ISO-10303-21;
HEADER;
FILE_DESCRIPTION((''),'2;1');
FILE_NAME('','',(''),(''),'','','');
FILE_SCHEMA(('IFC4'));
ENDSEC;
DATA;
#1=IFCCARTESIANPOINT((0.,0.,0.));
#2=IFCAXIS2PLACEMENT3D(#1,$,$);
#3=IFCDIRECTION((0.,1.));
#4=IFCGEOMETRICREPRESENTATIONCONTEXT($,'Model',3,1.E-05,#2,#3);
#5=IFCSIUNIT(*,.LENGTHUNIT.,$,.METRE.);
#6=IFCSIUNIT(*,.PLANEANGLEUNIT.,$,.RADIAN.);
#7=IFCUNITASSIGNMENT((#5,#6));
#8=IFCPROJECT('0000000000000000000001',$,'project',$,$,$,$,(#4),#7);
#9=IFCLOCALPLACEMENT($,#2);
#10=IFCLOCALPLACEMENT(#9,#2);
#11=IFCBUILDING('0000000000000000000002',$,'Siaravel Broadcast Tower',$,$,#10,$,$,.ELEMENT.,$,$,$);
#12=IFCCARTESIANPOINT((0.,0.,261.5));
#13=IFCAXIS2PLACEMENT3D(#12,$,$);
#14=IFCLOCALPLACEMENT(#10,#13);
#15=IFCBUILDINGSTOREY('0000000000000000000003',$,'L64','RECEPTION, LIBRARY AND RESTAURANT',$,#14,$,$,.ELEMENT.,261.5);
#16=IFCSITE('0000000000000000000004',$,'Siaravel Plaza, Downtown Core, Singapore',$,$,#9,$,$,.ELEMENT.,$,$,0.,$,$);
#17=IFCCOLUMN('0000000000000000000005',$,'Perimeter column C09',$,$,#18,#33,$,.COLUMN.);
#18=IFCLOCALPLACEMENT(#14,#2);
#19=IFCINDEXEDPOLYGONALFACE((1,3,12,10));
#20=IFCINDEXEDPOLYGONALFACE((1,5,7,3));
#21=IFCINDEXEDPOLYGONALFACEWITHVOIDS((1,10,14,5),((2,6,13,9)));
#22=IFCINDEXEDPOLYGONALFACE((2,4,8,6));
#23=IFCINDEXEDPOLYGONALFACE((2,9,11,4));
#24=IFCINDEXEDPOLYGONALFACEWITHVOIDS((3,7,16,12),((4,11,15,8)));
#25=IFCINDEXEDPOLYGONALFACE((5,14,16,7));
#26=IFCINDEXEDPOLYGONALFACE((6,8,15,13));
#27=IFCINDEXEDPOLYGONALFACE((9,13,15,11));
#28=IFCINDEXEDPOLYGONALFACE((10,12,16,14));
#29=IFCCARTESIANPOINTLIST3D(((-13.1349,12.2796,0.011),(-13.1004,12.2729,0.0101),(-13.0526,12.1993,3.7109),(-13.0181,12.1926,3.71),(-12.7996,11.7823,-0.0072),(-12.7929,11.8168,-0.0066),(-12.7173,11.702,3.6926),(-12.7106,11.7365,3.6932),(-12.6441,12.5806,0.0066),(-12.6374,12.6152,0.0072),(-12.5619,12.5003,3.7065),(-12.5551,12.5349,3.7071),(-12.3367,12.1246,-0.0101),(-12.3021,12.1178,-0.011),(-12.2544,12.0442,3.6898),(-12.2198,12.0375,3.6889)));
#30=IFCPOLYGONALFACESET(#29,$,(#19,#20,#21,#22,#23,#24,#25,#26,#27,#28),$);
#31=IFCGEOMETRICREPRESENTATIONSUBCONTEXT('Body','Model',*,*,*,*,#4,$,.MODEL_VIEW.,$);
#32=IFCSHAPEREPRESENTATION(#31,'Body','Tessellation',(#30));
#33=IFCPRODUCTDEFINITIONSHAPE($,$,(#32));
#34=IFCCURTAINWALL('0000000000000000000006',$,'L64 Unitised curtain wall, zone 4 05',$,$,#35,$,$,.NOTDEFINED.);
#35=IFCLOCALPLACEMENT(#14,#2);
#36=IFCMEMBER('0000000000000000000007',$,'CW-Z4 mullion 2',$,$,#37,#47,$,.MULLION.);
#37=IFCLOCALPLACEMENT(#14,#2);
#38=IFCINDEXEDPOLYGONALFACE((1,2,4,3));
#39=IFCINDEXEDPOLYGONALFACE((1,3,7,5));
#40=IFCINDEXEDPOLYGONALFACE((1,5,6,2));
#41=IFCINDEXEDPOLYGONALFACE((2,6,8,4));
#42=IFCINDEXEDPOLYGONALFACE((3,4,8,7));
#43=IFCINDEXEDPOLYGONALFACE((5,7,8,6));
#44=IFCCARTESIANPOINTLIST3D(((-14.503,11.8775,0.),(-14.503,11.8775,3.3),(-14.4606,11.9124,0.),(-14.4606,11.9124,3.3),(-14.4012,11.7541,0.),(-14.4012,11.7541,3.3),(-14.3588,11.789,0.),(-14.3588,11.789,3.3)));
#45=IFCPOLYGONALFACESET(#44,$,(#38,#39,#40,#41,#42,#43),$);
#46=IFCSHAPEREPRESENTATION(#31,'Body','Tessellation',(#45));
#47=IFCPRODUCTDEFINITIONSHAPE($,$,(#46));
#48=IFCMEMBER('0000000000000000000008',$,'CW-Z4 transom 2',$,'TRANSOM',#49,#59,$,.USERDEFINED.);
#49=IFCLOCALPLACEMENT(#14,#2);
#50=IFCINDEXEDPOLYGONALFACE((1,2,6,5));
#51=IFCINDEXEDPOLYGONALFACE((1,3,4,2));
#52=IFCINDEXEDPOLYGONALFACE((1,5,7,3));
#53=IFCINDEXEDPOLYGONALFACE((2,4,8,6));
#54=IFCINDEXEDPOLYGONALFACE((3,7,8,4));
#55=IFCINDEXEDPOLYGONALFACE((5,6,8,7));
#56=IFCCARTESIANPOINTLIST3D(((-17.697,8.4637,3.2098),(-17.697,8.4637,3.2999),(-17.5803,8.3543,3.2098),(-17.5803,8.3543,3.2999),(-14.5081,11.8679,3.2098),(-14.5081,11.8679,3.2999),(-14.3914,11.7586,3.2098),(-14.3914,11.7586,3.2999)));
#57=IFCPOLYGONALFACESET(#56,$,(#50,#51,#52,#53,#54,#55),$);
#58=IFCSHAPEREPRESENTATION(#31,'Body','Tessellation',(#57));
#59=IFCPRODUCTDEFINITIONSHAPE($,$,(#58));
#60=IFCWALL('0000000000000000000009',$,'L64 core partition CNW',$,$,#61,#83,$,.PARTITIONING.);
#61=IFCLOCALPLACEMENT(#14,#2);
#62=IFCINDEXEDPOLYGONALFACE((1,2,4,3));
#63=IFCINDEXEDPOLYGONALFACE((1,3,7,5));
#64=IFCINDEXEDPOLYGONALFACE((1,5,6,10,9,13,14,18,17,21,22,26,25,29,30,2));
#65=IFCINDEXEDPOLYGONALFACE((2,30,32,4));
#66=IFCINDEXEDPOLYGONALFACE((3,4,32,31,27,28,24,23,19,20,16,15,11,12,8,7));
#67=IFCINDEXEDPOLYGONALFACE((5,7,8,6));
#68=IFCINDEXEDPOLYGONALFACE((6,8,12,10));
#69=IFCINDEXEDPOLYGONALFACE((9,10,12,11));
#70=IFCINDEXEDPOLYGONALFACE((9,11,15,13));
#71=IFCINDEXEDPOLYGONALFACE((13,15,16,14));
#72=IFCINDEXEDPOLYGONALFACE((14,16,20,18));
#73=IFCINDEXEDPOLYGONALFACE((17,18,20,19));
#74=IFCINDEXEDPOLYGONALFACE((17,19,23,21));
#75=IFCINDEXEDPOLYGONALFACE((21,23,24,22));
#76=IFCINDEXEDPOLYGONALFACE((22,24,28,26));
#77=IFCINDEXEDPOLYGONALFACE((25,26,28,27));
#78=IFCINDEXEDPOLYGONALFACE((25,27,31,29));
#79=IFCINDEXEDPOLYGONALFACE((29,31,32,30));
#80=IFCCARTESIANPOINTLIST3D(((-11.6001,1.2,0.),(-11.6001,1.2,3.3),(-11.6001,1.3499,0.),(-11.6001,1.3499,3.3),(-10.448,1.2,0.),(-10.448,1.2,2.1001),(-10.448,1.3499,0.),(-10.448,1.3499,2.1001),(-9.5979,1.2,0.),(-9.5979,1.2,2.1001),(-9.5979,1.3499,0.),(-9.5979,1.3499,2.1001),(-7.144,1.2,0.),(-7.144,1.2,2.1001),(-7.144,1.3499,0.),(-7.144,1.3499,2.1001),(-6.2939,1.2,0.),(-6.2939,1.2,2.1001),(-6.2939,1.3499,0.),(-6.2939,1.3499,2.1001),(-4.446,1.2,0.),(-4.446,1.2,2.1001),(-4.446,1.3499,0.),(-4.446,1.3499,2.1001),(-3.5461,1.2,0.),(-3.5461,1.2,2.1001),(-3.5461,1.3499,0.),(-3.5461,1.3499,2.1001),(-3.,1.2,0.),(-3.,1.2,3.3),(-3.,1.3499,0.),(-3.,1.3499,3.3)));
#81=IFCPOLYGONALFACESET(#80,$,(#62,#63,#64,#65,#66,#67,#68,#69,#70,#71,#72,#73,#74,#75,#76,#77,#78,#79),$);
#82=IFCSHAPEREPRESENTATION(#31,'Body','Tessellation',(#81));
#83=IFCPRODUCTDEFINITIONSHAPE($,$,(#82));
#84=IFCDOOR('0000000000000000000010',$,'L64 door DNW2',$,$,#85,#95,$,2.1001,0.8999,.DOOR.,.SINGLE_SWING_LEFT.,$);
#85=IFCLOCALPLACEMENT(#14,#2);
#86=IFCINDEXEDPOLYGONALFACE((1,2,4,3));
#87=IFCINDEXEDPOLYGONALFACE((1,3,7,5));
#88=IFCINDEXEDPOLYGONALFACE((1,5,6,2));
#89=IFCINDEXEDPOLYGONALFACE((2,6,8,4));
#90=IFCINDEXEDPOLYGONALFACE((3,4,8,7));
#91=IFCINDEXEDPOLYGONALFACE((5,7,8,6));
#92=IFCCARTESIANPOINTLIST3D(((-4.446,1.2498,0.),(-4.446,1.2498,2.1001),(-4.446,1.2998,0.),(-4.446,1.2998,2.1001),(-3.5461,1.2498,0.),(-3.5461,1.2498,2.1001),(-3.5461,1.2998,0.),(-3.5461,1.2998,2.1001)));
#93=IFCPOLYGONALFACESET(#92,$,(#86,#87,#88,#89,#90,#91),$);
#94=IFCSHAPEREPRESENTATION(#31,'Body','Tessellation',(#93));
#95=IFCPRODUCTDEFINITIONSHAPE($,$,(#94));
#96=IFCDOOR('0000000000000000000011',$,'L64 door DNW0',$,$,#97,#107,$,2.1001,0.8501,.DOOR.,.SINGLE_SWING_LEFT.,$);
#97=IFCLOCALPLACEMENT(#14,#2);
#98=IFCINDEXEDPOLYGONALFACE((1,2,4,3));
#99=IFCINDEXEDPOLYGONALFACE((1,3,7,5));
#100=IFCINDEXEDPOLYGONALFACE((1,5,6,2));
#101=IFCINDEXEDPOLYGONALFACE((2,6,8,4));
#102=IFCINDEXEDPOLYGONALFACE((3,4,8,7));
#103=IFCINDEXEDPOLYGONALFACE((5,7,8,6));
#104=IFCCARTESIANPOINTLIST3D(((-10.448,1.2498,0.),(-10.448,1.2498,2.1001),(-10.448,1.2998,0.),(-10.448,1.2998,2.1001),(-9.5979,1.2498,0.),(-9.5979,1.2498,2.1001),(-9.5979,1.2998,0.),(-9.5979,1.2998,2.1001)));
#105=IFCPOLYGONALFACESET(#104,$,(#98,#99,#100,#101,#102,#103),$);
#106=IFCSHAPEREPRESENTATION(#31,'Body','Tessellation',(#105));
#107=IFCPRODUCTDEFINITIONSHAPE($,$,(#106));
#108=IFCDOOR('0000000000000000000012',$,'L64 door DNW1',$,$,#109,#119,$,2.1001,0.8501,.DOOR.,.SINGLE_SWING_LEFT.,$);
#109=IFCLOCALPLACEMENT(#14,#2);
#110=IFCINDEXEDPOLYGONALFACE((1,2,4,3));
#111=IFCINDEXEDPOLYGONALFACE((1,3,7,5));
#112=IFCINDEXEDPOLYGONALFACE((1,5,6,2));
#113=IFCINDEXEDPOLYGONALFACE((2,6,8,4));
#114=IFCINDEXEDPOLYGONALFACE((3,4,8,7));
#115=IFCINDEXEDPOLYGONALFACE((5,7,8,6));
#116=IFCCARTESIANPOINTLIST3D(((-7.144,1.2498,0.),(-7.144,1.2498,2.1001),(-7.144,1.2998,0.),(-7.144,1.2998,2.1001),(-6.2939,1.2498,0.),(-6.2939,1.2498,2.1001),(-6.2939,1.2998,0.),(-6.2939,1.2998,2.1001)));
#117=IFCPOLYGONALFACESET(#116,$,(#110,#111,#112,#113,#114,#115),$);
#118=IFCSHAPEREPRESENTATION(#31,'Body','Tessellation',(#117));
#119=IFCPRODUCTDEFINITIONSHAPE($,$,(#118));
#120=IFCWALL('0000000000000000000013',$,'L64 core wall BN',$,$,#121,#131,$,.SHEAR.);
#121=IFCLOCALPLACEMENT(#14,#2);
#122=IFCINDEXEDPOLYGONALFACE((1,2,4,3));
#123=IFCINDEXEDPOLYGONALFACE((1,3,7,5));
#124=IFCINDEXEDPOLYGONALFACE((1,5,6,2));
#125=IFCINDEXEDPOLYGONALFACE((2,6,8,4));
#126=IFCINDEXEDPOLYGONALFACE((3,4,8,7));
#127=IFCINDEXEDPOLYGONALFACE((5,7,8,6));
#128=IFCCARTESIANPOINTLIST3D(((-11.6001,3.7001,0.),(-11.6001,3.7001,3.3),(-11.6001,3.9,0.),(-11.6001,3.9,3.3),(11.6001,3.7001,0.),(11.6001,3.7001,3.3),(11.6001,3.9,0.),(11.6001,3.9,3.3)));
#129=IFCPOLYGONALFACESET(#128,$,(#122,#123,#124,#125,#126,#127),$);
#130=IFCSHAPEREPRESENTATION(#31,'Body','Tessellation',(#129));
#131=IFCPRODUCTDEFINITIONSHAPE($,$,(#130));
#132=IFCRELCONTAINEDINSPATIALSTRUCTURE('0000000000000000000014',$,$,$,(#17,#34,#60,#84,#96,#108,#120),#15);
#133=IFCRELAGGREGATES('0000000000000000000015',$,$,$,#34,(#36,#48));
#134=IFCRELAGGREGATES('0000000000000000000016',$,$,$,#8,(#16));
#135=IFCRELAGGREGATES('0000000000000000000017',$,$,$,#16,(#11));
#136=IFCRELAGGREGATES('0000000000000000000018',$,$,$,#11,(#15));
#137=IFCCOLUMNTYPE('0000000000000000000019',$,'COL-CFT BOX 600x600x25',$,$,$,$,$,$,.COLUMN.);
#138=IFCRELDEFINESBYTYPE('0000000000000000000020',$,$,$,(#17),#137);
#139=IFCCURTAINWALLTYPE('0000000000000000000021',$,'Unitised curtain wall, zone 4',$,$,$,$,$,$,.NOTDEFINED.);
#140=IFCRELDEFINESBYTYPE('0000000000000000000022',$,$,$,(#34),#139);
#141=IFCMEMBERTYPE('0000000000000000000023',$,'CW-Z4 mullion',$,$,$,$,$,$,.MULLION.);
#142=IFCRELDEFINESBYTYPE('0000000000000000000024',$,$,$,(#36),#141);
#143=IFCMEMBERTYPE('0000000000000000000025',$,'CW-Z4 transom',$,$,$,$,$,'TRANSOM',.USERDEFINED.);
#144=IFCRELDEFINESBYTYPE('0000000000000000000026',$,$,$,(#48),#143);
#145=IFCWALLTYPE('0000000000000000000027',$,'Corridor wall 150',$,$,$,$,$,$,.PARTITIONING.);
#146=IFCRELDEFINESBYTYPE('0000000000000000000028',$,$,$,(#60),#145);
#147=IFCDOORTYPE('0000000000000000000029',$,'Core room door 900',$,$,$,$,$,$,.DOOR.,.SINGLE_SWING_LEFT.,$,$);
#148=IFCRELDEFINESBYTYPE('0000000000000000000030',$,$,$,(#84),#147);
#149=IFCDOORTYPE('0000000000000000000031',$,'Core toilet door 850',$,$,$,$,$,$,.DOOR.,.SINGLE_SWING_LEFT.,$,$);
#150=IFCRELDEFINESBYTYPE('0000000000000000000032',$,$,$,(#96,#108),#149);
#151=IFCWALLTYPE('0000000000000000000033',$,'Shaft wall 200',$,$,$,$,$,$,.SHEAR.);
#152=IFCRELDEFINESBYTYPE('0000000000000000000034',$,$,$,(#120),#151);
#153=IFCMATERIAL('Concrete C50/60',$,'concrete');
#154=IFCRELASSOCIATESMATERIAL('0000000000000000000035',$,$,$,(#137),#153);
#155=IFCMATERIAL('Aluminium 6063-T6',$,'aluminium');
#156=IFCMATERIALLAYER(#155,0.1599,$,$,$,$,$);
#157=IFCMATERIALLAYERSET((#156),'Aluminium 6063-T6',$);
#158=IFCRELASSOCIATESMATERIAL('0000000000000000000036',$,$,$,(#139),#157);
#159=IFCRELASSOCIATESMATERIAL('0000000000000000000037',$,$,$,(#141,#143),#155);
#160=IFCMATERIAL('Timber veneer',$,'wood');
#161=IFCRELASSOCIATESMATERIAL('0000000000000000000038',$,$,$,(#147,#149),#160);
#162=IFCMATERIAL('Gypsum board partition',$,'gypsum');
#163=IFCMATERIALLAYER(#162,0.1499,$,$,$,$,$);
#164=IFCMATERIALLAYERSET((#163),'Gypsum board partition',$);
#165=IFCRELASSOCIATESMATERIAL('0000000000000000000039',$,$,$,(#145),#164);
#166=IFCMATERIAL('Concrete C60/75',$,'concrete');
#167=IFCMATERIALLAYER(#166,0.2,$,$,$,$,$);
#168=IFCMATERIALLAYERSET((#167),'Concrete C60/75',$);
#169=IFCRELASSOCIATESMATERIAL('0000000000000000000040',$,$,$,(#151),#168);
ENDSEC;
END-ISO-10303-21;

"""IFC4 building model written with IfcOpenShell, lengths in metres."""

from ifc_helpers import new_model, si_unit, direction, frame, frame_2d, origin, origin_2d, place, context, subcontext, project, spatial, rectangle, hollow_rectangle, extrude, material, layer, layer_set, material_profile, profile_set, type_object, element, fill, aggregate, save


model = new_model("IFC4")

# Units and contexts
model_context = context("Model", 3, precision=1e-05, world=origin(), true_north=direction((0.0, 1.0)))
body_context = subcontext(model_context, "Body", "Model", "MODEL_VIEW")
ifc_project = project(units=[si_unit("LENGTHUNIT", "METRE"), si_unit("PLANEANGLEUNIT", "RADIAN")], contexts=[model_context])

# Site, building, storey
site_placement = place(None, origin())
site = spatial("IfcSite", under=ifc_project, at=site_placement, Name="Siaravel Plaza, Downtown Core, Singapore", CompositionType="ELEMENT", RefElevation=0.0)
building_placement = place(site_placement, origin())
building = spatial("IfcBuilding", under=site, at=building_placement, Name="Siaravel Broadcast Tower", CompositionType="ELEMENT")
storey_placement = place(building_placement, frame((0.0, 0.0, 261.5)))
storey = spatial("IfcBuildingStorey", under=building, at=storey_placement, Name="L64", Description="RECEPTION, LIBRARY AND RESTAURANT", CompositionType="ELEMENT", Elevation=261.5)

# Column
ifc_material_1 = material(Name="Concrete C50/60", Category="concrete")
ifc_material_profile_1 = material_profile(ifc_material_1, hollow_rectangle(XDim=0.6001, YDim=0.6001, WallThickness=0.0249, at=origin_2d()))
ifc_profile_set_1 = profile_set([ifc_material_profile_1], Name="Concrete C50/60")
column_type = type_object("IfcColumnType", Name="COL-CFT BOX 600x600x25", PredefinedType="COLUMN", material=ifc_profile_set_1)
column_placement = place(storey_placement, frame((-12.7185, 12.1987, 0.0), z_axis=(0.022226, -0.021699, 0.999517), x_axis=(0.829024, 0.559177, -0.006296)))
element("IfcColumn", 1, at=column_placement, inside=storey, type_object=column_type, Name="Perimeter column C09", PredefinedType="COLUMN", context=body_context, shape_type="SweptSolid", body=[
    extrude(hollow_rectangle(XDim=0.6001, YDim=0.6001, WallThickness=0.0249, at=origin_2d()), origin(), (0.0, 0.0, 1.0), 3.7017),
])

# Curtain wall, members
ifc_material_2 = material(Name="Aluminium 6063-T6", Category="aluminium")
ifc_layer_1 = layer(ifc_material_2, 0.1599)
ifc_layer_set_1 = layer_set([ifc_layer_1], Name="Aluminium 6063-T6")
curtain_wall_type = type_object("IfcCurtainWallType", Name="Unitised curtain wall, zone 4", PredefinedType="NOTDEFINED", material=ifc_layer_set_1)
curtain_wall_placement = place(storey_placement, origin())
curtain_wall = element("IfcCurtainWall", 2, at=curtain_wall_placement, inside=storey, type_object=curtain_wall_type, Name="L64 Unitised curtain wall, zone 4 05", PredefinedType="NOTDEFINED")
ifc_material_profile_2 = material_profile(ifc_material_2, rectangle(XDim=0.1599, YDim=0.0549, at=origin_2d()))
ifc_profile_set_2 = profile_set([ifc_material_profile_2], Name="Aluminium 6063-T6")
member_type_1 = type_object("IfcMemberType", Name="CW-Z4 mullion", PredefinedType="MULLION", material=ifc_profile_set_2)
member_1_placement = place(storey_placement, frame((-14.4309, 11.8333, 0.0), z_axis=(0.0, 0.0, 1.0), x_axis=(0.63622, -0.771508, 0.0)))
member_1 = element("IfcMember", 3, at=member_1_placement, type_object=member_type_1, Name="CW-Z4 mullion 2", PredefinedType="MULLION", context=body_context, shape_type="SweptSolid", body=[
    extrude(rectangle(XDim=0.1599, YDim=0.0549, at=origin_2d()), origin(), (0.0, 0.0, 1.0), 3.3),
])
ifc_material_profile_3 = material_profile(ifc_material_2, rectangle(XDim=0.1599, YDim=0.0901, at=origin_2d()))
ifc_profile_set_3 = profile_set([ifc_material_profile_3], Name="Aluminium 6063-T6")
member_type_2 = type_object("IfcMemberType", Name="CW-Z4 transom", ElementType="TRANSOM", PredefinedType="USERDEFINED", material=ifc_profile_set_3)
member_2_placement = place(storey_placement, frame((-14.4497, 11.8132, 3.2549), z_axis=(-0.683649, -0.729811, 0.0), x_axis=(0.729811, -0.683649, 0.0)))
member_2 = element("IfcMember", 4, at=member_2_placement, type_object=member_type_2, Name="CW-Z4 transom 2", ObjectType="TRANSOM", PredefinedType="USERDEFINED", context=body_context, shape_type="SweptSolid", body=[
    extrude(rectangle(XDim=0.1599, YDim=0.0901, at=origin_2d()), origin(), (0.0, 0.0, 1.0), 4.6646),
])
aggregate(curtain_wall, [member_1, member_2])

# Wall, openings, doors
ifc_material_3 = material(Name="Concrete C60/75", Category="concrete")
ifc_material_4 = material(Name="Timber veneer", Category="wood")
door_type_1 = type_object("IfcDoorType", Name="Core room door 900", OperationType="SINGLE_SWING_LEFT", PredefinedType="DOOR", material=ifc_material_4)
ifc_material_5 = material(Name="Gypsum board partition", Category="gypsum")
ifc_layer_2 = layer(ifc_material_5, 0.1499)
ifc_layer_set_2 = layer_set([ifc_layer_2], Name="Gypsum board partition")
wall_type_1 = type_object("IfcWallType", Name="Corridor wall 150", PredefinedType="PARTITIONING", material=ifc_layer_set_2)
wall_1_placement = place(storey_placement, frame((-11.6001, 1.2749, 0.0), z_axis=(0.0, 0.0, 1.0), x_axis=(1.0, 0.0, 0.0)))
wall_1 = element("IfcWall", 5, at=wall_1_placement, inside=storey, type_object=wall_type_1, Name="L64 core partition CNW", PredefinedType="PARTITIONING", context=body_context, shape_type="SweptSolid", body=[
    extrude(rectangle(XDim=8.6001, YDim=0.1499, at=frame_2d((4.3, 0.0))), origin(), (0.0, 0.0, 1.0), 3.3),
])
opening_1_placement = place(wall_1_placement, frame((1.1521, 0.0, 0.0)))
opening_1 = element("IfcOpeningElement", 6, at=opening_1_placement, cuts=wall_1, PredefinedType="OPENING", context=body_context, shape_type="SweptSolid", body=[
    extrude(rectangle(XDim=0.8501, YDim=2.1001, at=frame_2d((0.425, 1.05))), frame((0.0, 0.085, 0.0), z_axis=(0.0, -1.0, 0.0), x_axis=(1.0, 0.0, 0.0)), (0.0, 0.0, 1.0), 0.1699),
])
opening_2_placement = place(wall_1_placement, frame((4.4561, 0.0, 0.0)))
opening_2 = element("IfcOpeningElement", 7, at=opening_2_placement, cuts=wall_1, PredefinedType="OPENING", context=body_context, shape_type="SweptSolid", body=[
    extrude(rectangle(XDim=0.8501, YDim=2.1001, at=frame_2d((0.425, 1.05))), frame((0.0, 0.085, 0.0), z_axis=(0.0, -1.0, 0.0), x_axis=(1.0, 0.0, 0.0)), (0.0, 0.0, 1.0), 0.1699),
])
opening_3_placement = place(wall_1_placement, frame((7.1541, 0.0, 0.0)))
opening_3 = element("IfcOpeningElement", 8, at=opening_3_placement, cuts=wall_1, PredefinedType="OPENING", context=body_context, shape_type="SweptSolid", body=[
    extrude(rectangle(XDim=0.8999, YDim=2.1001, at=frame_2d((0.45, 1.05))), frame((0.0, 0.085, 0.0), z_axis=(0.0, -1.0, 0.0), x_axis=(1.0, 0.0, 0.0)), (0.0, 0.0, 1.0), 0.1699),
])
door_1_placement = place(opening_3_placement, origin())
door_1 = element("IfcDoor", 9, at=door_1_placement, inside=storey, type_object=door_type_1, Name="L64 door DNW2", OperationType="SINGLE_SWING_LEFT", OverallHeight=2.1001, OverallWidth=0.8999, PredefinedType="DOOR", context=body_context, shape_type="SweptSolid", body=[
    extrude(rectangle(XDim=0.8999, YDim=2.1001, at=frame_2d((0.45, 1.05))), frame((0.0, 0.0249, 0.0), z_axis=(0.0, -1.0, 0.0), x_axis=(1.0, 0.0, 0.0)), (0.0, 0.0, 1.0), 0.05),
])
fill(opening_3, door_1)
door_type_2 = type_object("IfcDoorType", Name="Core toilet door 850", OperationType="SINGLE_SWING_LEFT", PredefinedType="DOOR", material=ifc_material_4)
door_2_placement = place(opening_1_placement, origin())
door_2 = element("IfcDoor", 10, at=door_2_placement, inside=storey, type_object=door_type_2, Name="L64 door DNW0", OperationType="SINGLE_SWING_LEFT", OverallHeight=2.1001, OverallWidth=0.8501, PredefinedType="DOOR", context=body_context, shape_type="SweptSolid", body=[
    extrude(rectangle(XDim=0.8501, YDim=2.1001, at=frame_2d((0.425, 1.05))), frame((0.0, 0.0249, 0.0), z_axis=(0.0, -1.0, 0.0), x_axis=(1.0, 0.0, 0.0)), (0.0, 0.0, 1.0), 0.05),
])
fill(opening_1, door_2)
door_3_placement = place(opening_2_placement, origin())
door_3 = element("IfcDoor", 11, at=door_3_placement, inside=storey, type_object=door_type_2, Name="L64 door DNW1", OperationType="SINGLE_SWING_LEFT", OverallHeight=2.1001, OverallWidth=0.8501, PredefinedType="DOOR", context=body_context, shape_type="SweptSolid", body=[
    extrude(rectangle(XDim=0.8501, YDim=2.1001, at=frame_2d((0.425, 1.05))), frame((0.0, 0.0249, 0.0), z_axis=(0.0, -1.0, 0.0), x_axis=(1.0, 0.0, 0.0)), (0.0, 0.0, 1.0), 0.05),
])
fill(opening_2, door_3)

# Wall
ifc_layer_3 = layer(ifc_material_3, 0.2)
ifc_layer_set_3 = layer_set([ifc_layer_3], Name="Concrete C60/75")
wall_type_2 = type_object("IfcWallType", Name="Shaft wall 200", PredefinedType="SHEAR", material=ifc_layer_set_3)
wall_2_placement = place(storey_placement, frame((-11.6001, 3.8, 0.0), z_axis=(0.0, 0.0, 1.0), x_axis=(1.0, 0.0, 0.0)))
element("IfcWall", 12, at=wall_2_placement, inside=storey, type_object=wall_type_2, Name="L64 core wall BN", PredefinedType="SHEAR", context=body_context, shape_type="SweptSolid", body=[
    extrude(rectangle(XDim=23.2002, YDim=0.2, at=frame_2d((11.6001, 0.0))), origin(), (0.0, 0.0, 1.0), 3.3),
])

save(model, "model.ifc")
